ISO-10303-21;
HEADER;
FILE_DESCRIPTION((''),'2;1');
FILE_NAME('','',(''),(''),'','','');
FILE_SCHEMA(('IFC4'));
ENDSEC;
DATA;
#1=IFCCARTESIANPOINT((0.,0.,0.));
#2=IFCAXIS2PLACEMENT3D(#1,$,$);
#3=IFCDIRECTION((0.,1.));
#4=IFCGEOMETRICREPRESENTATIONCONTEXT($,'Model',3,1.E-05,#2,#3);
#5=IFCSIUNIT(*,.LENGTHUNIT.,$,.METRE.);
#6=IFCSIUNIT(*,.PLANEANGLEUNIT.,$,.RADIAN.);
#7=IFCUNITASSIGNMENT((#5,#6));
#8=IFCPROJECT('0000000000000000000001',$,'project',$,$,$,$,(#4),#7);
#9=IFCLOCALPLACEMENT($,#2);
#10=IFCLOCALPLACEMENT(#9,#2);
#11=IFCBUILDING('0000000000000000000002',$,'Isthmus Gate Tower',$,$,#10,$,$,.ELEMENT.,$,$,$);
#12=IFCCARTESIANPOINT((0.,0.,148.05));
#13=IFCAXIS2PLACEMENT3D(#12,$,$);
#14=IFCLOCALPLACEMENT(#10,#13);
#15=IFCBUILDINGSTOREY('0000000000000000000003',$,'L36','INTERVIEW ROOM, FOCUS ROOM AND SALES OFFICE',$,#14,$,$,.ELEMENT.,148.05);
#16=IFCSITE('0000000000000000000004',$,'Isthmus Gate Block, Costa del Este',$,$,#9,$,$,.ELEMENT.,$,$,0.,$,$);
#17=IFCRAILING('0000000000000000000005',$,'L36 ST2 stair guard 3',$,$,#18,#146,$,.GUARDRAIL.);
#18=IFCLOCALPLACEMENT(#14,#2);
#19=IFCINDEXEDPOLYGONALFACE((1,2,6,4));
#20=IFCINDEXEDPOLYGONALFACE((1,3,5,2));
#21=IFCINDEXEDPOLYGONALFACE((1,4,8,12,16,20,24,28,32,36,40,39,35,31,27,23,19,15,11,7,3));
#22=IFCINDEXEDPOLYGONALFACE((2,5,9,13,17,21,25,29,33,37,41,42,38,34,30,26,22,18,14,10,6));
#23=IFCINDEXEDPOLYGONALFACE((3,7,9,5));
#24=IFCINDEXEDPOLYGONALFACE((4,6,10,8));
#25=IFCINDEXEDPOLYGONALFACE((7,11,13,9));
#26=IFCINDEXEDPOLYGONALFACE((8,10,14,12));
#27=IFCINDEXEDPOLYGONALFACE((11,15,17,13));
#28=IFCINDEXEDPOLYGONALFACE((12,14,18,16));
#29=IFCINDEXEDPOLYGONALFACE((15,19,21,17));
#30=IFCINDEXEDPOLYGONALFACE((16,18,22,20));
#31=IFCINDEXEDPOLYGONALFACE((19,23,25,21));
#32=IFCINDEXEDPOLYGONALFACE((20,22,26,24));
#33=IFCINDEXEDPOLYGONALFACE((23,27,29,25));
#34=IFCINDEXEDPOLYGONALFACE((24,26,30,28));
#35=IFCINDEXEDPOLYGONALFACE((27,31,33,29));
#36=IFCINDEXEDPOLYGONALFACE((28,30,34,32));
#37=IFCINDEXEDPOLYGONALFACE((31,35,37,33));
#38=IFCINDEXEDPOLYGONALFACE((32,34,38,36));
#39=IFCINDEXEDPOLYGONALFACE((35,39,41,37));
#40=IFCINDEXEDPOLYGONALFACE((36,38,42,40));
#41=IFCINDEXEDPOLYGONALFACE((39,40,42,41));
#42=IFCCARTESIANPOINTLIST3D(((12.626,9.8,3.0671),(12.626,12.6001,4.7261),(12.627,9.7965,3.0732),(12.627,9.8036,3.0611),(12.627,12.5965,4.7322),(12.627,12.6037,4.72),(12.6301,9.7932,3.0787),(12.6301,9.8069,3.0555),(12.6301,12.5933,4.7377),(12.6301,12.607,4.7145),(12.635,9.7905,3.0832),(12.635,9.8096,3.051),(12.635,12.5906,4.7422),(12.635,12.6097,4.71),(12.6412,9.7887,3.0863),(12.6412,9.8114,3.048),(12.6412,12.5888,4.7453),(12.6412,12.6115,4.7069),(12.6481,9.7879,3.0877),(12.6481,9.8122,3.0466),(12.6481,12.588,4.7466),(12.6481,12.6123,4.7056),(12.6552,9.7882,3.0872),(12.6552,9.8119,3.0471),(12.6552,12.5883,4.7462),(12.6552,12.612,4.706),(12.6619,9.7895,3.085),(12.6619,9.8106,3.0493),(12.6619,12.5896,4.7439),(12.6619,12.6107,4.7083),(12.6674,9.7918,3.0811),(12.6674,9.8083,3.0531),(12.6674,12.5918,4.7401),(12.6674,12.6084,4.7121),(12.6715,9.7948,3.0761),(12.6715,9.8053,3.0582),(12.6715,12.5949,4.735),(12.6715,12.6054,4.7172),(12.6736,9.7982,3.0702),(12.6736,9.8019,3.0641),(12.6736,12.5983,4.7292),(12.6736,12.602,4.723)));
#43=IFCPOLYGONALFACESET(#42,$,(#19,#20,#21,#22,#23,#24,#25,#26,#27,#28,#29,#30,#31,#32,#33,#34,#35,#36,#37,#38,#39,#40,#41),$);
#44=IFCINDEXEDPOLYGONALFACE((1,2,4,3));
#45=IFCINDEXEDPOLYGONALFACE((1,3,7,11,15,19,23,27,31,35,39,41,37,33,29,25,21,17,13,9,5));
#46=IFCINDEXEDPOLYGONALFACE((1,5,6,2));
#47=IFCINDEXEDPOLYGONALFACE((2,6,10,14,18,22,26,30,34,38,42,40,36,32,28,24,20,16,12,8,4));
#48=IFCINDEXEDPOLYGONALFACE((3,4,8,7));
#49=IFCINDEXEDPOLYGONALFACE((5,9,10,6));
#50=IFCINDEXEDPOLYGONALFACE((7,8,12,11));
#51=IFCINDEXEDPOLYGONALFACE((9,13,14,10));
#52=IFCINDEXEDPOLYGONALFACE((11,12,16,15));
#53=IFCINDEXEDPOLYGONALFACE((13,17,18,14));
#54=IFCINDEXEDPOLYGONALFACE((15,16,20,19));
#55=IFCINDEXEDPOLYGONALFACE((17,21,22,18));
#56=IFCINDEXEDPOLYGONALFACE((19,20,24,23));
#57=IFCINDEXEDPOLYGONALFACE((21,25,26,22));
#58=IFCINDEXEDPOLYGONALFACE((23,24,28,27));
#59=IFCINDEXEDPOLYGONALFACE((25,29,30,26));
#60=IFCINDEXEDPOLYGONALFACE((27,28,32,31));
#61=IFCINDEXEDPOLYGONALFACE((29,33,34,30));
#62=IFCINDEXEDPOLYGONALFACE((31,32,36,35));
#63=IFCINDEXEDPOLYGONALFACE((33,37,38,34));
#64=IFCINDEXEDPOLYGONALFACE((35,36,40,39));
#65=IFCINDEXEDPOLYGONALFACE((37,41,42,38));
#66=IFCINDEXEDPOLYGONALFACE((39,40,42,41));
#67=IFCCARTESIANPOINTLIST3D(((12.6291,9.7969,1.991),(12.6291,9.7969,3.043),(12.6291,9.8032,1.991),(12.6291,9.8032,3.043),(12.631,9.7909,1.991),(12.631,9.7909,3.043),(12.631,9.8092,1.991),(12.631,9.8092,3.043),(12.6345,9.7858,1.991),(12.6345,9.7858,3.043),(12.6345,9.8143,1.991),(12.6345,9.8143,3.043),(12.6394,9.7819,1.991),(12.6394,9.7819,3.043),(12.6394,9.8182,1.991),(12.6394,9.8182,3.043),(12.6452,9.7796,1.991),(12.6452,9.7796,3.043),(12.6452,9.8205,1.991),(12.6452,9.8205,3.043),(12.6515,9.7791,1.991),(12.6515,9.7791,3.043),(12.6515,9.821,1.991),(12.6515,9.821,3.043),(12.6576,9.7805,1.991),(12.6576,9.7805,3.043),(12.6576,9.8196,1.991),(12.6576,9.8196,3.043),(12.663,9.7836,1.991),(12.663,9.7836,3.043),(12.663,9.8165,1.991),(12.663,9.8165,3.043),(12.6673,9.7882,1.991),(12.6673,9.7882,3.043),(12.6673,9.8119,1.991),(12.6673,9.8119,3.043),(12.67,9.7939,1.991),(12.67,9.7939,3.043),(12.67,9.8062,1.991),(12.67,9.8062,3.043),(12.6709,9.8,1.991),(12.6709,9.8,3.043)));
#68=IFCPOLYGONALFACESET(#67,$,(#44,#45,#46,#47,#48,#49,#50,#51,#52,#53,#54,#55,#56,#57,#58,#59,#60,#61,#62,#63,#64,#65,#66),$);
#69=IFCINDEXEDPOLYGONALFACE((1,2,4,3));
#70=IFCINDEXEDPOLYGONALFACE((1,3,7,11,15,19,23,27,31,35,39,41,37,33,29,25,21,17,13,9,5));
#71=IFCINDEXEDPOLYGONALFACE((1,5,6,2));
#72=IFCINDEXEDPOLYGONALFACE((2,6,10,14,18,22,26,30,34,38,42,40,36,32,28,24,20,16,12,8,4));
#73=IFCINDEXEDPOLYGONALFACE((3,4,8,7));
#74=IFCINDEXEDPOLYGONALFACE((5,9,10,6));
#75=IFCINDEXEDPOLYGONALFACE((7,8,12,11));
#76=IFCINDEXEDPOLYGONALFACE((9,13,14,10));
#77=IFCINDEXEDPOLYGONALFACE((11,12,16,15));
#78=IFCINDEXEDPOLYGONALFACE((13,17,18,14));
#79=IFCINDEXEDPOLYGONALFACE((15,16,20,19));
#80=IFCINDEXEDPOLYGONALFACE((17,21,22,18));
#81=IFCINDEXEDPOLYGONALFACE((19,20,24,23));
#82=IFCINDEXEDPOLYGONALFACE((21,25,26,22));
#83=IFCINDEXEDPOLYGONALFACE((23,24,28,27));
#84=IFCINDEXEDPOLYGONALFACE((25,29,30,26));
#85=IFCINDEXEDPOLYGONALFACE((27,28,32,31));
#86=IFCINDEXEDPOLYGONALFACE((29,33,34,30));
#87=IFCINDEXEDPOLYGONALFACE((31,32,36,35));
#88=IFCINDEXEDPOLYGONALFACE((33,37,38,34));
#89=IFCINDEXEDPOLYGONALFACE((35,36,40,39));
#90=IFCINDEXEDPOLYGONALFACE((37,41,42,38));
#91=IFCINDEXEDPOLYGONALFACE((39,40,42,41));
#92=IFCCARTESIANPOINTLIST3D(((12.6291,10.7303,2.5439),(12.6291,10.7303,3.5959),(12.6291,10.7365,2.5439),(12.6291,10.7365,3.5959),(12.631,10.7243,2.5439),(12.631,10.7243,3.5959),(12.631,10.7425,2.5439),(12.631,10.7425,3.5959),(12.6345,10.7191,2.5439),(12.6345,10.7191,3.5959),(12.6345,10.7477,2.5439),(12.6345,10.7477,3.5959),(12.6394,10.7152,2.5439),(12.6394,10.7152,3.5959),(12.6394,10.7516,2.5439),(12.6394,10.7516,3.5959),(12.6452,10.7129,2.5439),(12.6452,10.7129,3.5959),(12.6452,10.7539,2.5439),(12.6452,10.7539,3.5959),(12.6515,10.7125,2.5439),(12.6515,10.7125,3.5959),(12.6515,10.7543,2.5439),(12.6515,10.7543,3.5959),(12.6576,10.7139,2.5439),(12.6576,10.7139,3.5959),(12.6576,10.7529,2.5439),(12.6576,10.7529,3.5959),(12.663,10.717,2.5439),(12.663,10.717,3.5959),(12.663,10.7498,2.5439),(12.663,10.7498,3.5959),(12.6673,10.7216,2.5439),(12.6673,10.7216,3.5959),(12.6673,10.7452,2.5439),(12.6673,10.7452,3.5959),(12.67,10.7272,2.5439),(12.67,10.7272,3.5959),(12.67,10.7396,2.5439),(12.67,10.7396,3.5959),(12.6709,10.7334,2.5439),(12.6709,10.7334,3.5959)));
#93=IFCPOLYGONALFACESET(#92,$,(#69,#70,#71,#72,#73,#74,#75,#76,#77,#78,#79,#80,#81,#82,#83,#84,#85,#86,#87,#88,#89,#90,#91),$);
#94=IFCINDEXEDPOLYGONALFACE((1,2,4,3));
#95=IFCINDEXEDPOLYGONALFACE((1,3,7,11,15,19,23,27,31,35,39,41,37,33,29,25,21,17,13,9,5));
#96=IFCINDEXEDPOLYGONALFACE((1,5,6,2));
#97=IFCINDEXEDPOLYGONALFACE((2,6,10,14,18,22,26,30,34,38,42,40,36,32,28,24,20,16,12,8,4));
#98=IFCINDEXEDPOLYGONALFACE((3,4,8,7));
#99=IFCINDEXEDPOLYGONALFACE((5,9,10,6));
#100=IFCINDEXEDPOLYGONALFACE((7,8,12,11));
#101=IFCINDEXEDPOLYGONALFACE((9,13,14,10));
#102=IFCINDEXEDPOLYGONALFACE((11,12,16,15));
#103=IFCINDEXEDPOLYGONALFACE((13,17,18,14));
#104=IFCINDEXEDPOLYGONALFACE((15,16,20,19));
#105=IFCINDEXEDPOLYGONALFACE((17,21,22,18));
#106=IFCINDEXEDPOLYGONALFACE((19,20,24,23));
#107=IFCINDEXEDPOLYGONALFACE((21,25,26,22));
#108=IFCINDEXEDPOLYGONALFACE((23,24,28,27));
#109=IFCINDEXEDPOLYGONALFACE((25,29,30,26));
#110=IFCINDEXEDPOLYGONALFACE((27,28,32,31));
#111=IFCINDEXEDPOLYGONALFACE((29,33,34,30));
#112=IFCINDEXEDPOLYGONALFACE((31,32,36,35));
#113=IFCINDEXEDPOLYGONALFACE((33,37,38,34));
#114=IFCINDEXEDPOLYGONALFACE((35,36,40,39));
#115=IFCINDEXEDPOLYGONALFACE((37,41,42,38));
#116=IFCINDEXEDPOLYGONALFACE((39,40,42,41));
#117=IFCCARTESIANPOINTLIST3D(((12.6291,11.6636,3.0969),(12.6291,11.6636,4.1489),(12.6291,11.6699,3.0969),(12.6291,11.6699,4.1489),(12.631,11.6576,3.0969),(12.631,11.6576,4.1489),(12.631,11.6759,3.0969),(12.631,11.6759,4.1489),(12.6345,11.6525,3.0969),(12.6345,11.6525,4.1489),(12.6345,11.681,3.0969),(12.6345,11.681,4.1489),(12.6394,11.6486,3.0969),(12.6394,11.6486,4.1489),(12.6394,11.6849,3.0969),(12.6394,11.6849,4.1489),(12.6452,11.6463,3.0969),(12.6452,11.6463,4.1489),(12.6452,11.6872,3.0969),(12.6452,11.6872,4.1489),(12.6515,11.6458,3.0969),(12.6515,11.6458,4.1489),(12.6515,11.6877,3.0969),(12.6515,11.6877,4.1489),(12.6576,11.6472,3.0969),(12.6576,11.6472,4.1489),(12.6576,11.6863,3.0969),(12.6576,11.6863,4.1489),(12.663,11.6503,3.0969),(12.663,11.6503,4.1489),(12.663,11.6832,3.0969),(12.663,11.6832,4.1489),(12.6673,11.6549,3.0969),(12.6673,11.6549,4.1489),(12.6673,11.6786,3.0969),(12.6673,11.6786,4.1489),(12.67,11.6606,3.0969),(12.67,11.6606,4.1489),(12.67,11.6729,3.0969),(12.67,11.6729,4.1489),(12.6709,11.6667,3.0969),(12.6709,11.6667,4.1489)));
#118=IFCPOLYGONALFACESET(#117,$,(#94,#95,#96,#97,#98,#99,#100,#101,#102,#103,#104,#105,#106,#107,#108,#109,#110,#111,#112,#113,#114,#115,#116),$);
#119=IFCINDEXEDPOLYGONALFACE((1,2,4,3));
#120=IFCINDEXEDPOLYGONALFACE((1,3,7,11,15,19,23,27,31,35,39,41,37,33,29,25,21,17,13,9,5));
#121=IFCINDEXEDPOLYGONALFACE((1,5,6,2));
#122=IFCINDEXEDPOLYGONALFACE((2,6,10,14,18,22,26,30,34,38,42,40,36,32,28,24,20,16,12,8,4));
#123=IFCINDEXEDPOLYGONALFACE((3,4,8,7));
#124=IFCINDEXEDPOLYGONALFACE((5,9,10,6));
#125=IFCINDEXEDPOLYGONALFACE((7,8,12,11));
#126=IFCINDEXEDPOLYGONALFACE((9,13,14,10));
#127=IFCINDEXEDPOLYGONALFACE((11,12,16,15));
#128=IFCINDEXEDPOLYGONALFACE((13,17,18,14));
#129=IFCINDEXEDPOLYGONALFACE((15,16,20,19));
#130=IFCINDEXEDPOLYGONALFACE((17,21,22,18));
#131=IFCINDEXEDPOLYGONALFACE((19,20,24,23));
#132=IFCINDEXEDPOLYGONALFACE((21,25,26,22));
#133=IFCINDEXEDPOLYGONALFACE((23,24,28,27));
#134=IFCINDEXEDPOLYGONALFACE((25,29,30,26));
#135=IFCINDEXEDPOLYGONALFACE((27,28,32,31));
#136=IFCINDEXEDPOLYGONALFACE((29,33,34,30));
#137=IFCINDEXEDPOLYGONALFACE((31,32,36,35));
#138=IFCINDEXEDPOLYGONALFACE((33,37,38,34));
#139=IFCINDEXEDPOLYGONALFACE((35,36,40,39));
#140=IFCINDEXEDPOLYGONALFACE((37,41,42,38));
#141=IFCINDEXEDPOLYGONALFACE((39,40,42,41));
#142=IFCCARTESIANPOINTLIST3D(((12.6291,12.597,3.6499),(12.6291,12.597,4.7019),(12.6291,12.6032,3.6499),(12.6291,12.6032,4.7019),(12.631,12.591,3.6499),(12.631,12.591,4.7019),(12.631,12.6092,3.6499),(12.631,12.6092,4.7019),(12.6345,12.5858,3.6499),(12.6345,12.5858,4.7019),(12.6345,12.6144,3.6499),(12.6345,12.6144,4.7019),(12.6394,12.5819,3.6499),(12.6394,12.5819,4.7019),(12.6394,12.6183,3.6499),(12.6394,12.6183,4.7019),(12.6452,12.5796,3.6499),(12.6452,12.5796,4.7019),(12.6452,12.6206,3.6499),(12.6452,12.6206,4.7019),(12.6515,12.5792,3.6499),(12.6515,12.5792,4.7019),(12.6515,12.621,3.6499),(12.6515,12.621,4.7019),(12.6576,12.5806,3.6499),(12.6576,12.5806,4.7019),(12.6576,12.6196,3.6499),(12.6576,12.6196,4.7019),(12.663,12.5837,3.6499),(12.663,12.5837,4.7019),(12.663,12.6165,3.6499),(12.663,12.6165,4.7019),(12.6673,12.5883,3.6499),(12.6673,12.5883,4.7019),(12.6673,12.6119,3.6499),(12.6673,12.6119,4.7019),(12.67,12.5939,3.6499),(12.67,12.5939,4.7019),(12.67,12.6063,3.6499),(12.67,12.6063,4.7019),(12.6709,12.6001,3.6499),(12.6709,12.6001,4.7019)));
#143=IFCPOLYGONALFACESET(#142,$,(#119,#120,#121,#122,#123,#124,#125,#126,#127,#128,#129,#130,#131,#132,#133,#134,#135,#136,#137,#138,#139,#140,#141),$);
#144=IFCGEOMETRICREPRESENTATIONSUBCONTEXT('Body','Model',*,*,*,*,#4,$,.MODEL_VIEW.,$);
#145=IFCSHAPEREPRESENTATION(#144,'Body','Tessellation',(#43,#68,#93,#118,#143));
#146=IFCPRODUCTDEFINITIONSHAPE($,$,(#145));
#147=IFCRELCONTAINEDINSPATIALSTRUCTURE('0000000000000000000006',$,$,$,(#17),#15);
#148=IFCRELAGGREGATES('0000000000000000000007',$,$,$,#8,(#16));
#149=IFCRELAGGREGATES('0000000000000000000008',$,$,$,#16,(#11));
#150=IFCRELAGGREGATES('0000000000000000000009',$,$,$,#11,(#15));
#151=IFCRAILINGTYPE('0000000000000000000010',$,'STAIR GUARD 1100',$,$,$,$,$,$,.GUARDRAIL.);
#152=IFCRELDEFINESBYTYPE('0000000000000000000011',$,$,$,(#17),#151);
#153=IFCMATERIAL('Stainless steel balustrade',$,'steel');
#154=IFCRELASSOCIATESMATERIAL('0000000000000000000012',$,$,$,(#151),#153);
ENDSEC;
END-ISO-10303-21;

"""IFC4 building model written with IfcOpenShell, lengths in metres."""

from ifc_helpers import new_model, si_unit, direction, frame, origin, origin_2d, place, context, subcontext, project, spatial, circle, extrude, material, type_object, element, save


model = new_model("IFC4")

# Units and contexts
model_context = context("Model", 3, precision=1e-05, world=origin(), true_north=direction((0.0, 1.0)))
body_context = subcontext(model_context, "Body", "Model", "MODEL_VIEW")
ifc_project = project(units=[si_unit("LENGTHUNIT", "METRE"), si_unit("PLANEANGLEUNIT", "RADIAN")], contexts=[model_context])

# Site, building, storey
site_placement = place(None, origin())
site = spatial("IfcSite", under=ifc_project, at=site_placement, Name="Isthmus Gate Block, Costa del Este", CompositionType="ELEMENT", RefElevation=0.0)
building_placement = place(site_placement, origin())
building = spatial("IfcBuilding", under=site, at=building_placement, Name="Isthmus Gate Tower", CompositionType="ELEMENT")
storey_placement = place(building_placement, frame((0.0, 0.0, 148.05)))
storey = spatial("IfcBuildingStorey", under=building, at=storey_placement, Name="L36", Description="INTERVIEW ROOM, FOCUS ROOM AND SALES OFFICE", CompositionType="ELEMENT", Elevation=148.05)

# Railing
ifc_material_1 = material(Name="Stainless steel balustrade", Category="steel")
railing_type_1 = type_object("IfcRailingType", Name="STAIR GUARD 1100", PredefinedType="GUARDRAIL", material=ifc_material_1)
railing_1_placement = place(storey_placement, frame((12.6499, 9.8, 1.991)))
element("IfcRailing", 1, at=railing_1_placement, inside=storey, type_object=railing_type_1, Name="L36 ST2 stair guard 3", PredefinedType="GUARDRAIL", context=body_context, shape_type="SweptSolid", body=[
    extrude(circle(Radius=0.0239, at=origin_2d()), frame((0.0, 0.0, 1.0762), z_axis=(0.0, 0.860339, 0.509722), x_axis=(-1.0, 0.0, 0.0)), (0.0, 0.0, 1.0), 3.2546),
    extrude(circle(Radius=0.021, at=origin_2d()), origin(), (0.0, 0.0, 1.0), 1.052),
    extrude(circle(Radius=0.021, at=origin_2d()), frame((0.0, 0.9333, 0.553)), (0.0, 0.0, 1.0), 1.052),
    extrude(circle(Radius=0.021, at=origin_2d()), frame((0.0, 1.8667, 1.106)), (0.0, 0.0, 1.0), 1.052),
    extrude(circle(Radius=0.021, at=origin_2d()), frame((0.0, 2.8, 1.6589)), (0.0, 0.0, 1.0), 1.052),
])

save(model, "model.ifc")
